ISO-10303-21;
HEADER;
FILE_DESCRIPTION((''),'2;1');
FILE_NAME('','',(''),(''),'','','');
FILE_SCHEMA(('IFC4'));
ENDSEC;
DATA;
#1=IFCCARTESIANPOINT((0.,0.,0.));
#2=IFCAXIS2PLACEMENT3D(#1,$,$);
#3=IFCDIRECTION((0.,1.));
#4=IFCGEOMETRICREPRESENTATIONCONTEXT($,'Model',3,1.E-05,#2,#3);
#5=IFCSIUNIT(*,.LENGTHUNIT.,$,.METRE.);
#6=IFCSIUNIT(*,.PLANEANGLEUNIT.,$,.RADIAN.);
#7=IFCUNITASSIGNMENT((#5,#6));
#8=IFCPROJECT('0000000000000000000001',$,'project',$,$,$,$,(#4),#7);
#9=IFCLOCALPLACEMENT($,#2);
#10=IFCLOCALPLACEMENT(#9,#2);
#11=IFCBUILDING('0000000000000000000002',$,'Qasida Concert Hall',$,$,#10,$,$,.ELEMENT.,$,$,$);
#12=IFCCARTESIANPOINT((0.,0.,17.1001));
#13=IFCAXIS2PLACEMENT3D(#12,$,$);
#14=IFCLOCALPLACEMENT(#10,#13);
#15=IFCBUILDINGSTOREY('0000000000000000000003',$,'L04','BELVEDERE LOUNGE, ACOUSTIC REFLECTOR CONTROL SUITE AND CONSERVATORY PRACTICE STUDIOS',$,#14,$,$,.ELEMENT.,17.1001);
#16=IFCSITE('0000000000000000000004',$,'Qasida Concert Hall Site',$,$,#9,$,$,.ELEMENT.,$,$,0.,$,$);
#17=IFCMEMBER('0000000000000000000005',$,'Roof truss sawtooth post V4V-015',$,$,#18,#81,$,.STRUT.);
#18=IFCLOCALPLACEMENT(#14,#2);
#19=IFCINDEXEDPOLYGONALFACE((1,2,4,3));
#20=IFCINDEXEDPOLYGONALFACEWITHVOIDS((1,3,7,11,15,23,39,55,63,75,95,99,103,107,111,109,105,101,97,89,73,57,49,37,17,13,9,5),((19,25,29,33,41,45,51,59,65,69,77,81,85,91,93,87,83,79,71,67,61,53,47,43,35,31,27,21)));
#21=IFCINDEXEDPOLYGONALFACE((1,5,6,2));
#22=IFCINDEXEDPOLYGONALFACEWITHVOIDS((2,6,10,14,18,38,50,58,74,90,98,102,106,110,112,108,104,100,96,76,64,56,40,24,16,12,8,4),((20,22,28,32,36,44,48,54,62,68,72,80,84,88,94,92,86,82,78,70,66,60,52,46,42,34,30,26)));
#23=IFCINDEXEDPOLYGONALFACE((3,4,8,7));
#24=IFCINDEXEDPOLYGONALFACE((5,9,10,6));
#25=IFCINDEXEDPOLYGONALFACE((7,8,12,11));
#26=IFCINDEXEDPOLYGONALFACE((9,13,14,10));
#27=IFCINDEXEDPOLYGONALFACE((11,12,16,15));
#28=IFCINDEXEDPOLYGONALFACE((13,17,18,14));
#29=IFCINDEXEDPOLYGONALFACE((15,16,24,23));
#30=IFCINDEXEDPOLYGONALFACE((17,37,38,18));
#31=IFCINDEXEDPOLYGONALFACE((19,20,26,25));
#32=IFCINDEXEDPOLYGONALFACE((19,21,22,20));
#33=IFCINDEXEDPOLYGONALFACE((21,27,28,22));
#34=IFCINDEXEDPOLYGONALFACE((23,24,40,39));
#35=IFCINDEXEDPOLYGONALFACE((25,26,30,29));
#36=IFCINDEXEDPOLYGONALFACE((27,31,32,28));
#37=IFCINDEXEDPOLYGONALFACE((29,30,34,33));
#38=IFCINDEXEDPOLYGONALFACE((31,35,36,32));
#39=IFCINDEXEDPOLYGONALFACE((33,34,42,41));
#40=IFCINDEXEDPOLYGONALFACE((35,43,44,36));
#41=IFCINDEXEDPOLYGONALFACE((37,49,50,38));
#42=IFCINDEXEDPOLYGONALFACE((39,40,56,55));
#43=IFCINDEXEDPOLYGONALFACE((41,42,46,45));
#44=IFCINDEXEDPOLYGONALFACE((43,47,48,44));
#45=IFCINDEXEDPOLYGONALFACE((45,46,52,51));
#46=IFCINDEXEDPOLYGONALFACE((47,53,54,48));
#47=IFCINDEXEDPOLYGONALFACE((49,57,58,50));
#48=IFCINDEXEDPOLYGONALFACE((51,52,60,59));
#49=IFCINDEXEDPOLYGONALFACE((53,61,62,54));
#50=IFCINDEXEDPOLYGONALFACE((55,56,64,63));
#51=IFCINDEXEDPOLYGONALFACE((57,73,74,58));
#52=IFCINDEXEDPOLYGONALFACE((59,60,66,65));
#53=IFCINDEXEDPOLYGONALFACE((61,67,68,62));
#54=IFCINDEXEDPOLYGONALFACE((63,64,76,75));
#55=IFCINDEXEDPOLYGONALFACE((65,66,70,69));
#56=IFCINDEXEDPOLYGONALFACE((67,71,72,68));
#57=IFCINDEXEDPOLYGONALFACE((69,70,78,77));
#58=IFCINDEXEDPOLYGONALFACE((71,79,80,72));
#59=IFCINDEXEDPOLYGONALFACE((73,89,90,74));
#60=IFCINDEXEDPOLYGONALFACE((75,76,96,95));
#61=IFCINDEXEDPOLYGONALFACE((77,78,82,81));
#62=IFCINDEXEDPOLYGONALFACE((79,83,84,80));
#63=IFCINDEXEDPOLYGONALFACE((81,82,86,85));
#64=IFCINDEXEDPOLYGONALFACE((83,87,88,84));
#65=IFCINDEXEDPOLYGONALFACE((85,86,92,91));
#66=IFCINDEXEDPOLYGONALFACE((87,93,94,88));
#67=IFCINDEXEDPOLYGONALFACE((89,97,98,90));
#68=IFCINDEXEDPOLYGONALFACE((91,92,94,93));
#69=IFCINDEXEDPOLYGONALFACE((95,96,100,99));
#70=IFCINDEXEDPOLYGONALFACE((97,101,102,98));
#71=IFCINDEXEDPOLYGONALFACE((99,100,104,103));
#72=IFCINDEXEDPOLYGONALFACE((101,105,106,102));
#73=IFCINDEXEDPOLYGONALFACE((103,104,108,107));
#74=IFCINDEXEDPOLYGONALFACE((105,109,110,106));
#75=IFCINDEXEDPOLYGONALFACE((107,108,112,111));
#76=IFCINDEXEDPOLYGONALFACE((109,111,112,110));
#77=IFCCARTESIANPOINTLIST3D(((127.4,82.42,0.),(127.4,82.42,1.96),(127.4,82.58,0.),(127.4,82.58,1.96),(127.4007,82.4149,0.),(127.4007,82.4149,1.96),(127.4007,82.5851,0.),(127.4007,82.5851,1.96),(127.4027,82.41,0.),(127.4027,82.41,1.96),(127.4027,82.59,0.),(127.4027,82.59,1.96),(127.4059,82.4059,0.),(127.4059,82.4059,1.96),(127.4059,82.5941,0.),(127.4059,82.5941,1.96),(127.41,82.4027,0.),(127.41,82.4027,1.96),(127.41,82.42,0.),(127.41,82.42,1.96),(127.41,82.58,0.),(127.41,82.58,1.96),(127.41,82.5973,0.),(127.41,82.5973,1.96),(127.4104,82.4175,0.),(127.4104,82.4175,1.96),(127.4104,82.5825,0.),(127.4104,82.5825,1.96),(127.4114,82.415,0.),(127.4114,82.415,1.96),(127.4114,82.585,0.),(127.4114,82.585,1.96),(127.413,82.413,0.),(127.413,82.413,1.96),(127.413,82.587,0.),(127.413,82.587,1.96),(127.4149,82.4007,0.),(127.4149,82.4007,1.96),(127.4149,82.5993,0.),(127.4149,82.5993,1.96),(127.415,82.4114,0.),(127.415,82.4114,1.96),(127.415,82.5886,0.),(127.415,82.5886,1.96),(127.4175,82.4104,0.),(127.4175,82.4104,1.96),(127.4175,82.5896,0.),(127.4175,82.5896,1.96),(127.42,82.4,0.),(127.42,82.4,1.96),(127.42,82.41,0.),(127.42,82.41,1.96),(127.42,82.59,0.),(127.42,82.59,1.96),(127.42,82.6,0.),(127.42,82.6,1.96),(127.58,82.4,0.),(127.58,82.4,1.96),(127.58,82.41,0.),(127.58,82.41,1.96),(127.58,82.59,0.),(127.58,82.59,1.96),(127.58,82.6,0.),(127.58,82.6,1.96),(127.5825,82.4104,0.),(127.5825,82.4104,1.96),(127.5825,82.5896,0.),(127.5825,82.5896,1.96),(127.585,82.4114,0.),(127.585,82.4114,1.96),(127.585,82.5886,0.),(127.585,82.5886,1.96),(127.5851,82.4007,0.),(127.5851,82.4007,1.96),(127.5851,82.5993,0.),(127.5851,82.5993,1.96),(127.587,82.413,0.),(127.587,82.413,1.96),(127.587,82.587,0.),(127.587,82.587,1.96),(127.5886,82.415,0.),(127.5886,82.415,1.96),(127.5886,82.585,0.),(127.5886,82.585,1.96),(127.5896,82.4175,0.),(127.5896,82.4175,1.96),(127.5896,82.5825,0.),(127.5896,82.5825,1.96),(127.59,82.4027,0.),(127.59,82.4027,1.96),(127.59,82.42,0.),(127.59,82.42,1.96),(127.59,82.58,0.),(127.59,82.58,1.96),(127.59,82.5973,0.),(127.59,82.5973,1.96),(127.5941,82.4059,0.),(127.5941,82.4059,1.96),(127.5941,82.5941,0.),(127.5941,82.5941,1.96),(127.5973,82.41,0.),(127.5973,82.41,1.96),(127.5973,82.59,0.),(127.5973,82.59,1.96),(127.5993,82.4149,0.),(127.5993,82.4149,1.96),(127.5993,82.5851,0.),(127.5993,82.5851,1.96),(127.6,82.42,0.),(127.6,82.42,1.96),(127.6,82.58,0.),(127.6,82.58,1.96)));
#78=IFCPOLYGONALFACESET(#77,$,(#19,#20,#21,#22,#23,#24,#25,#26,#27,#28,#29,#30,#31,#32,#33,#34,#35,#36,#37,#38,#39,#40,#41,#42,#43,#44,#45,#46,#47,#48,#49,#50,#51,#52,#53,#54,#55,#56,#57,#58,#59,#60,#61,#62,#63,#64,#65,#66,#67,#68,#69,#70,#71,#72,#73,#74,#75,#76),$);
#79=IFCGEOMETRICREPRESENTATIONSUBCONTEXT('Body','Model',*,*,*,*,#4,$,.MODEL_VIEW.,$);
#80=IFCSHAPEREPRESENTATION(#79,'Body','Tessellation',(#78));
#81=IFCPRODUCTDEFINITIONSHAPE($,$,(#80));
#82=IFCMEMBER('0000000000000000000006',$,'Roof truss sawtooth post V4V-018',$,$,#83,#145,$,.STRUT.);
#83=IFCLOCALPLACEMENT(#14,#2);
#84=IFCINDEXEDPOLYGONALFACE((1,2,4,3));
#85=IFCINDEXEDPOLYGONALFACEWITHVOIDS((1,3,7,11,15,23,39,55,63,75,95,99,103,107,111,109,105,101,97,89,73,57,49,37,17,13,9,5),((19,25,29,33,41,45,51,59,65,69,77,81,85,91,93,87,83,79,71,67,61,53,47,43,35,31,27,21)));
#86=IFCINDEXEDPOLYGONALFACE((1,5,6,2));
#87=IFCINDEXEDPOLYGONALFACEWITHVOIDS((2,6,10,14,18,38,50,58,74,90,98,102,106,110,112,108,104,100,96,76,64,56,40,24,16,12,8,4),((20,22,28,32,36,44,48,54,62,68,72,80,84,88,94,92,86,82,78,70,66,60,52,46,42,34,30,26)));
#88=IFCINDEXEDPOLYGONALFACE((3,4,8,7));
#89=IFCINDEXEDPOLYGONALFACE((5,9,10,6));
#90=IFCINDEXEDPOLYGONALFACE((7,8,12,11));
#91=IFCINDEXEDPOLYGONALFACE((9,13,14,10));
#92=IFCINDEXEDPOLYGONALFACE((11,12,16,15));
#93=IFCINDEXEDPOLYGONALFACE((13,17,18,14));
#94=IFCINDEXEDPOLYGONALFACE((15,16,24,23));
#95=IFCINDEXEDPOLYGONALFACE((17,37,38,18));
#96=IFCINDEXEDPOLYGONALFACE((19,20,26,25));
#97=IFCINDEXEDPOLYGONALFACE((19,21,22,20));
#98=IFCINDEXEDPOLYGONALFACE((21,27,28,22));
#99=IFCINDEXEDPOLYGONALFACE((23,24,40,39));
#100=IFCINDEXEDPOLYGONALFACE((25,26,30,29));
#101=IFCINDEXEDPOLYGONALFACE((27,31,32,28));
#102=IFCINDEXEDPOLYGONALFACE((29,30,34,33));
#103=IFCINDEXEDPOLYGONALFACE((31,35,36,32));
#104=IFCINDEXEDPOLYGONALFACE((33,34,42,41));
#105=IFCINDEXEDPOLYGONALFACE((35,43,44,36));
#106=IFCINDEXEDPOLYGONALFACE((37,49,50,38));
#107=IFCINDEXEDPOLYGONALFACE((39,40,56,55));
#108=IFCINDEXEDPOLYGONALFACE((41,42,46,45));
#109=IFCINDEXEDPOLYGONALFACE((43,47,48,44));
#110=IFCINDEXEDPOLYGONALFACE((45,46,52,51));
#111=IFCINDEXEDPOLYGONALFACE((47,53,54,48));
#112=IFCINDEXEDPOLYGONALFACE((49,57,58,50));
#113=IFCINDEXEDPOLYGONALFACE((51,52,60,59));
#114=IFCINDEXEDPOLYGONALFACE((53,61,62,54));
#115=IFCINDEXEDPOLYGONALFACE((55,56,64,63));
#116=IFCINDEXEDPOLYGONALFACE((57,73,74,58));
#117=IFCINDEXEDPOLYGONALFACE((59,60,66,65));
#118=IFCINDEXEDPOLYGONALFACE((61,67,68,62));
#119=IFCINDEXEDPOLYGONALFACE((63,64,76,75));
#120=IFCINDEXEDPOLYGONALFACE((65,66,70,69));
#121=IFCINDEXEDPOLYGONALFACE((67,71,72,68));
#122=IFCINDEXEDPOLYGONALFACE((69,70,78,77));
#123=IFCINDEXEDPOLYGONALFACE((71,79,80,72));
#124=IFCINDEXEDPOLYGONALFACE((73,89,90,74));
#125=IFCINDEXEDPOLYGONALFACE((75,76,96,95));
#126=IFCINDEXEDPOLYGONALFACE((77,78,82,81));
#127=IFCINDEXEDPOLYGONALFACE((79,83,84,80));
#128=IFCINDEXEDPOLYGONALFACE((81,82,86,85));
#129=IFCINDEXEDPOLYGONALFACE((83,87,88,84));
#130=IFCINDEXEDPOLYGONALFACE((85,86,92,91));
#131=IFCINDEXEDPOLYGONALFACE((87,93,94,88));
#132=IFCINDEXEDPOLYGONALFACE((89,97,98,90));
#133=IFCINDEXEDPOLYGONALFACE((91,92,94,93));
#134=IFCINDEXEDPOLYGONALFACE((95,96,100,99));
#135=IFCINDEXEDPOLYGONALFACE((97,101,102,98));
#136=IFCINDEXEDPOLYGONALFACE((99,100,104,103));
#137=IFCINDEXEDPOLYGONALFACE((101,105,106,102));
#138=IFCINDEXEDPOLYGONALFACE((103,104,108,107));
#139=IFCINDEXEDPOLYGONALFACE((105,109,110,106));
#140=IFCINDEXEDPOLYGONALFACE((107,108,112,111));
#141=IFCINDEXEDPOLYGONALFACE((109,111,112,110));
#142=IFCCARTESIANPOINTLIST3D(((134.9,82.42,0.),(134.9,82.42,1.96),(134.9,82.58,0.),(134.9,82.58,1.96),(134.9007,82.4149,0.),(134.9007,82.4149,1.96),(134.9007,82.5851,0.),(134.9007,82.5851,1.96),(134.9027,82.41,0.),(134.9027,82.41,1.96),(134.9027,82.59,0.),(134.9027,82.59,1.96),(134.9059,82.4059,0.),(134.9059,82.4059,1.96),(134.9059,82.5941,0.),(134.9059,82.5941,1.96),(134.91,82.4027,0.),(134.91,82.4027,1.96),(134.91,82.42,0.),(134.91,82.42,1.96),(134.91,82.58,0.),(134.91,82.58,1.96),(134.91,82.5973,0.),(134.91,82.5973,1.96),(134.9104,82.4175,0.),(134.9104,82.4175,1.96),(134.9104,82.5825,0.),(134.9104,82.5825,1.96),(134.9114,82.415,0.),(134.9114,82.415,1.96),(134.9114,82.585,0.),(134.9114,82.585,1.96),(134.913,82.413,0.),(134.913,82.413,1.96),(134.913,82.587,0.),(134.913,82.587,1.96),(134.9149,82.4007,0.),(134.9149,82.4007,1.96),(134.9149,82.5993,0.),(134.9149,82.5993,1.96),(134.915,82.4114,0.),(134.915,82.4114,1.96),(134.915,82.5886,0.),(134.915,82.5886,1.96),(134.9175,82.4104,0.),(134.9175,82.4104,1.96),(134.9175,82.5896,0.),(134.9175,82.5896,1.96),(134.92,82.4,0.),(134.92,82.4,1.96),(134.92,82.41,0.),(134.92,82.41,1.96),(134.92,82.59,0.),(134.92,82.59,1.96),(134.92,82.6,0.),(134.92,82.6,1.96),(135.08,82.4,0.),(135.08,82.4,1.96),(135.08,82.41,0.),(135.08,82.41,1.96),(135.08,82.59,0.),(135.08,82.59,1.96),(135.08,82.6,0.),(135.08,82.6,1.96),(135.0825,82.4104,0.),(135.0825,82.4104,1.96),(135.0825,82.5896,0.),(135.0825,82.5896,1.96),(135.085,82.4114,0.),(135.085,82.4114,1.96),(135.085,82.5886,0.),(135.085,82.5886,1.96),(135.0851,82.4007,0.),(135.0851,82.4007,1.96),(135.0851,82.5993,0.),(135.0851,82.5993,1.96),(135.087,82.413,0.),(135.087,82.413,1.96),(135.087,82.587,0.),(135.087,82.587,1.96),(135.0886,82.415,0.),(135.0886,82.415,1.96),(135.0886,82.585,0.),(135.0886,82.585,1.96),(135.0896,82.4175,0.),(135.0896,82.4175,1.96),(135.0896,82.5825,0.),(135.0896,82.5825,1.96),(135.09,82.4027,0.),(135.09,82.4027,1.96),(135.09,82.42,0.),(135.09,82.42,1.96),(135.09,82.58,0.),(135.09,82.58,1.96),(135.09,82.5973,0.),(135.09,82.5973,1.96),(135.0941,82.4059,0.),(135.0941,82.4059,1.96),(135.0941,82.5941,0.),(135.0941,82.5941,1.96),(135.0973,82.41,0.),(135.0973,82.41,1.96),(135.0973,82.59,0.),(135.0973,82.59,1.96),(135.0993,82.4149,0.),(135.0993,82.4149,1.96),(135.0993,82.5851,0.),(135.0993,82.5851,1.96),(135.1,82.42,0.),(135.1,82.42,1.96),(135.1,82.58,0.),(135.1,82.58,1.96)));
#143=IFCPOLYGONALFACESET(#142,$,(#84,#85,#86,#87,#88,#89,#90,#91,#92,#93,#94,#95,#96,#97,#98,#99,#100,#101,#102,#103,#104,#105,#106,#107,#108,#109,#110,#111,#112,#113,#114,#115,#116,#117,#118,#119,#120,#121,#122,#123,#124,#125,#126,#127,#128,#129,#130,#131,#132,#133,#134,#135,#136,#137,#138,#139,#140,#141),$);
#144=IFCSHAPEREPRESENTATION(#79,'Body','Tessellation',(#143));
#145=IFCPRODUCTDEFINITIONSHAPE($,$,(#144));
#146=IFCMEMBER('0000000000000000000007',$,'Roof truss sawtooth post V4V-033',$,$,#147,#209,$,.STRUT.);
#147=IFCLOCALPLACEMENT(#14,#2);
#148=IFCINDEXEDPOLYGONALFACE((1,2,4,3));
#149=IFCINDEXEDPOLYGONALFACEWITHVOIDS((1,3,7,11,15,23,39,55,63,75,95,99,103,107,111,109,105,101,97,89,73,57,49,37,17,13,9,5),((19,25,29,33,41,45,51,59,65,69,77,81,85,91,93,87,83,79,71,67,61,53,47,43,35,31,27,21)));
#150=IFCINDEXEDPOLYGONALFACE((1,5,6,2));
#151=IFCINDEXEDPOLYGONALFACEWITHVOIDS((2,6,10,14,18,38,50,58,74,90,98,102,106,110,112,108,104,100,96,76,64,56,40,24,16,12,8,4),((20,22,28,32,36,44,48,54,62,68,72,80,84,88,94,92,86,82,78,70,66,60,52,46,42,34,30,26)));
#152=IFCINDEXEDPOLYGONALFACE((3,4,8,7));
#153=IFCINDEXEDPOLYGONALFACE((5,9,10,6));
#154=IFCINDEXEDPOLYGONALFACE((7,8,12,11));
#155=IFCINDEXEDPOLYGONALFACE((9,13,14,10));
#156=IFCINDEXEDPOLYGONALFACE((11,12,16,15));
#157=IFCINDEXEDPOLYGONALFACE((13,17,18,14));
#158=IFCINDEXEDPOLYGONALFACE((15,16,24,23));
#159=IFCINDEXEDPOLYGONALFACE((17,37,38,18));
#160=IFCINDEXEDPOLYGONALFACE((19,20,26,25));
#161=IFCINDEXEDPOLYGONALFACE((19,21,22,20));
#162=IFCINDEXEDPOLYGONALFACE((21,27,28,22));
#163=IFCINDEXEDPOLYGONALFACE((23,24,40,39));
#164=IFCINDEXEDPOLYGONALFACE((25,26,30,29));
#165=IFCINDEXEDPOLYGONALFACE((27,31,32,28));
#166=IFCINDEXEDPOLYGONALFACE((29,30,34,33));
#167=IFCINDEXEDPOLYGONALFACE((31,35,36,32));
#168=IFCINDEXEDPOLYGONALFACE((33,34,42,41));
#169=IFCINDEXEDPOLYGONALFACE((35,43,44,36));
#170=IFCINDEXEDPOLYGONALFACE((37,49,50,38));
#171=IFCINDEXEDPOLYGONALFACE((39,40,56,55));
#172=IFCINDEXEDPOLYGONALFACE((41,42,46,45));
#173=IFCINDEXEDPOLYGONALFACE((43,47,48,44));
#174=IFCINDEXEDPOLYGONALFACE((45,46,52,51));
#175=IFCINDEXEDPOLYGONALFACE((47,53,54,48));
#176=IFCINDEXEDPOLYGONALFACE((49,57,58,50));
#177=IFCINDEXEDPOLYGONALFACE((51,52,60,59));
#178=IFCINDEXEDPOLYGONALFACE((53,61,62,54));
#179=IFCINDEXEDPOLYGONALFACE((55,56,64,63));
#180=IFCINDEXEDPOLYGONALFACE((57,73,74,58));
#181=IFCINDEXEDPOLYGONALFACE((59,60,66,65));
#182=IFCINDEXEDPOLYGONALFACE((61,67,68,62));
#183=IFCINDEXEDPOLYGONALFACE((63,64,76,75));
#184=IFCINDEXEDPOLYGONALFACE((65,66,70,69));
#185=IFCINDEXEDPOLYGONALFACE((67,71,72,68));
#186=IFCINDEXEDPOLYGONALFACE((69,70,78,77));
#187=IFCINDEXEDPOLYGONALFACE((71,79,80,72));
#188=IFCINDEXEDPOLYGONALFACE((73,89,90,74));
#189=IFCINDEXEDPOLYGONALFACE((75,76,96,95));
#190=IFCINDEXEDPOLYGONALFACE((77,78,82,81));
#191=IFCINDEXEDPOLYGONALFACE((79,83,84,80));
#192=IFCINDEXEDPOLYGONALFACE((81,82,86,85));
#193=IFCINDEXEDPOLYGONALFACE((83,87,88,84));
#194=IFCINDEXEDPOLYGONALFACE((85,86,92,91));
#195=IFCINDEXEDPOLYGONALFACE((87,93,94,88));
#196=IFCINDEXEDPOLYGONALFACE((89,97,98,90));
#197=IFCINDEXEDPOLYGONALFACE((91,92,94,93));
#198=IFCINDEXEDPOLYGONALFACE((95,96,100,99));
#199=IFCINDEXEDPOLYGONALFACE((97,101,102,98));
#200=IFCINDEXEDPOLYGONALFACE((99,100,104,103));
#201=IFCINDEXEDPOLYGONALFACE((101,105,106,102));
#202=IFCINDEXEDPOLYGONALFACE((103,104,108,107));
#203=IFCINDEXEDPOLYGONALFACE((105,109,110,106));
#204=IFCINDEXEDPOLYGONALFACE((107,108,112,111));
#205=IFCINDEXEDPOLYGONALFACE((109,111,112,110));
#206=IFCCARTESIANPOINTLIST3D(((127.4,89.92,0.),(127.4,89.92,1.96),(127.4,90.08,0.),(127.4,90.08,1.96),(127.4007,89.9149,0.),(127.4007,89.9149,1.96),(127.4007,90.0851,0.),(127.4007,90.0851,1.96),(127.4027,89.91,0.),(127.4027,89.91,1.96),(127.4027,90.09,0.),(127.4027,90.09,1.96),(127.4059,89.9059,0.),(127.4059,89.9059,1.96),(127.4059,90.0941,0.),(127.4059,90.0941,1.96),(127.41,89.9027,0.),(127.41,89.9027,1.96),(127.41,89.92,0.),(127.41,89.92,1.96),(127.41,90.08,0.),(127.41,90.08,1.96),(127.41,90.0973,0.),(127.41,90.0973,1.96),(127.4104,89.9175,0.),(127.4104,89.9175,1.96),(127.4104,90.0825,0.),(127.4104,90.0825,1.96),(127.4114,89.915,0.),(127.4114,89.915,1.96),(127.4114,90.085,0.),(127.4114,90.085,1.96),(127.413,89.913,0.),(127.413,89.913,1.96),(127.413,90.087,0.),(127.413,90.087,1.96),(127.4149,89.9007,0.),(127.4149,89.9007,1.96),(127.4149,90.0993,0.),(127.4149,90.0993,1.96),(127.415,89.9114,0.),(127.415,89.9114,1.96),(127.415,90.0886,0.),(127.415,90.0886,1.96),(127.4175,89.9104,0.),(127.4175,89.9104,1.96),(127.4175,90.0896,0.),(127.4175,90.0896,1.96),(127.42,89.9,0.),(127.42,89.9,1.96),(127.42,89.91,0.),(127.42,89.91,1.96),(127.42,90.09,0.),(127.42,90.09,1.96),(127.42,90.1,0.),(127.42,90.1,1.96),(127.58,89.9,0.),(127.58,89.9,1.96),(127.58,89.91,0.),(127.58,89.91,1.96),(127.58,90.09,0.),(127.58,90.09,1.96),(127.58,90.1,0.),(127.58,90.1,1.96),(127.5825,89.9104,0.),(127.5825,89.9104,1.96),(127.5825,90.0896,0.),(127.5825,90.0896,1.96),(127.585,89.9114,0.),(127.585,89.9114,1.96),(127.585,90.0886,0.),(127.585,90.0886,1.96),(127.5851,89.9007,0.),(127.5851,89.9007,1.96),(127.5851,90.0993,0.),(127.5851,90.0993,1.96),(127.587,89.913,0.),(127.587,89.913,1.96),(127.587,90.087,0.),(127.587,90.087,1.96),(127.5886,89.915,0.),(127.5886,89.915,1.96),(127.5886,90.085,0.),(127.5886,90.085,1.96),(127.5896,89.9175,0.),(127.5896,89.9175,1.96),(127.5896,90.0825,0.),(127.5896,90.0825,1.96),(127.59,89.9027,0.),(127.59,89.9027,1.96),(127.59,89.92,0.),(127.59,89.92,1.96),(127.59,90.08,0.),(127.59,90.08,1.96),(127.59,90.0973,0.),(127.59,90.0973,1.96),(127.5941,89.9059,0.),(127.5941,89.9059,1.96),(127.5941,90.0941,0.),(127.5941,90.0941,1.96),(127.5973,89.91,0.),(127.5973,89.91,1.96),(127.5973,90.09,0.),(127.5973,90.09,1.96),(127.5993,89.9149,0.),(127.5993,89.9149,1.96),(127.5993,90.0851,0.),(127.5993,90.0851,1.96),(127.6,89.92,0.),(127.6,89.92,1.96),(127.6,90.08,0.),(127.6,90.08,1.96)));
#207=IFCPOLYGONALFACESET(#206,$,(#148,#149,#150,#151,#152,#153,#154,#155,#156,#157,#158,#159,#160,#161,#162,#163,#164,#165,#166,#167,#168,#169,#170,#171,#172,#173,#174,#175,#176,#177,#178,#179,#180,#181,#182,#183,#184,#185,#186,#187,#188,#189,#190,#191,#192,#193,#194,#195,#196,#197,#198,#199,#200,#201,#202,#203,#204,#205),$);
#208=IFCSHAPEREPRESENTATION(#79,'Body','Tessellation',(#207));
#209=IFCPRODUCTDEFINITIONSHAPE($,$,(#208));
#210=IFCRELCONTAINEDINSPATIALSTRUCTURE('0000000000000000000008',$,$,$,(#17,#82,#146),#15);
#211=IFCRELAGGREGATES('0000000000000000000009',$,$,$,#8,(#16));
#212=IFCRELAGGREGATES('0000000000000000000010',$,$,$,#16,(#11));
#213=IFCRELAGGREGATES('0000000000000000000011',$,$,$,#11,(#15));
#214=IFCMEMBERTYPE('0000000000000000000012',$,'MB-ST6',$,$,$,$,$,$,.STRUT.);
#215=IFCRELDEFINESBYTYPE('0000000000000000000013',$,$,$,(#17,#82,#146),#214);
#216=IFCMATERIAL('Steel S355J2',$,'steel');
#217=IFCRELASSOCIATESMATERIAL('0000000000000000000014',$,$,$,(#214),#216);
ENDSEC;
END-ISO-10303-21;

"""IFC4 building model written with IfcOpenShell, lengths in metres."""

from ifc_helpers import new_model, si_unit, direction, frame, origin, origin_2d, place, context, subcontext, project, spatial, hollow_rectangle, extrude, material, material_profile, profile_set, type_object, element, save


model = new_model("IFC4")

# Units and contexts
model_context = context("Model", 3, precision=1e-05, world=origin(), true_north=direction((0.0, 1.0)))
body_context = subcontext(model_context, "Body", "Model", "MODEL_VIEW")
ifc_project = project(units=[si_unit("LENGTHUNIT", "METRE"), si_unit("PLANEANGLEUNIT", "RADIAN")], contexts=[model_context])

# Site, building, storey
site_placement = place(None, origin())
site = spatial("IfcSite", under=ifc_project, at=site_placement, Name="Qasida Concert Hall Site", CompositionType="ELEMENT", RefElevation=0.0)
building_placement = place(site_placement, origin())
building = spatial("IfcBuilding", under=site, at=building_placement, Name="Qasida Concert Hall", CompositionType="ELEMENT")
storey_placement = place(building_placement, frame((0.0, 0.0, 17.1001)))
storey = spatial("IfcBuildingStorey", under=building, at=storey_placement, Name="L04", Description="BELVEDERE LOUNGE, ACOUSTIC REFLECTOR CONTROL SUITE AND CONSERVATORY PRACTICE STUDIOS", CompositionType="ELEMENT", Elevation=17.1001)

# Shared definitions
ifc_material_1 = material(Name="Steel S355J2", Category="steel")

# Members
ifc_material_profile_1 = material_profile(ifc_material_1, hollow_rectangle(XDim=0.2, YDim=0.2, WallThickness=0.01, InnerFilletRadius=0.01, OuterFilletRadius=0.02, at=origin_2d()), Name="SHS 200x200x10")
ifc_profile_set_1 = profile_set([ifc_material_profile_1], Name="Steel S355J2")
member_type_1 = type_object("IfcMemberType", Name="MB-ST6", PredefinedType="STRUT", material=ifc_profile_set_1)
for number, where, z_axis, x_axis, name in (
    (1, (127.5, 82.5, 0.0), (0.0, 0.0, 1.0), (1.0, 0.0, 0.0), "Roof truss sawtooth post V4V-015"),
    (2, (135.0, 82.5, 0.0), (0.0, 0.0, 1.0), (1.0, 0.0, 0.0), "Roof truss sawtooth post V4V-018"),
    (3, (127.5, 90.0, 0.0), (0.0, 0.0, 1.0), (1.0, 0.0, 0.0), "Roof truss sawtooth post V4V-033"),
):
    element("IfcMember", number, at=place(storey_placement, frame(where, z_axis=z_axis, x_axis=x_axis)), inside=storey, type_object=member_type_1, Name=name, PredefinedType="STRUT", context=body_context, shape_type="SweptSolid", body=[
        extrude(hollow_rectangle(XDim=0.2, YDim=0.2, WallThickness=0.01, InnerFilletRadius=0.01, OuterFilletRadius=0.02, at=origin_2d()), origin(), (0.0, 0.0, 1.0), 1.96),
    ])

save(model, "model.ifc")
